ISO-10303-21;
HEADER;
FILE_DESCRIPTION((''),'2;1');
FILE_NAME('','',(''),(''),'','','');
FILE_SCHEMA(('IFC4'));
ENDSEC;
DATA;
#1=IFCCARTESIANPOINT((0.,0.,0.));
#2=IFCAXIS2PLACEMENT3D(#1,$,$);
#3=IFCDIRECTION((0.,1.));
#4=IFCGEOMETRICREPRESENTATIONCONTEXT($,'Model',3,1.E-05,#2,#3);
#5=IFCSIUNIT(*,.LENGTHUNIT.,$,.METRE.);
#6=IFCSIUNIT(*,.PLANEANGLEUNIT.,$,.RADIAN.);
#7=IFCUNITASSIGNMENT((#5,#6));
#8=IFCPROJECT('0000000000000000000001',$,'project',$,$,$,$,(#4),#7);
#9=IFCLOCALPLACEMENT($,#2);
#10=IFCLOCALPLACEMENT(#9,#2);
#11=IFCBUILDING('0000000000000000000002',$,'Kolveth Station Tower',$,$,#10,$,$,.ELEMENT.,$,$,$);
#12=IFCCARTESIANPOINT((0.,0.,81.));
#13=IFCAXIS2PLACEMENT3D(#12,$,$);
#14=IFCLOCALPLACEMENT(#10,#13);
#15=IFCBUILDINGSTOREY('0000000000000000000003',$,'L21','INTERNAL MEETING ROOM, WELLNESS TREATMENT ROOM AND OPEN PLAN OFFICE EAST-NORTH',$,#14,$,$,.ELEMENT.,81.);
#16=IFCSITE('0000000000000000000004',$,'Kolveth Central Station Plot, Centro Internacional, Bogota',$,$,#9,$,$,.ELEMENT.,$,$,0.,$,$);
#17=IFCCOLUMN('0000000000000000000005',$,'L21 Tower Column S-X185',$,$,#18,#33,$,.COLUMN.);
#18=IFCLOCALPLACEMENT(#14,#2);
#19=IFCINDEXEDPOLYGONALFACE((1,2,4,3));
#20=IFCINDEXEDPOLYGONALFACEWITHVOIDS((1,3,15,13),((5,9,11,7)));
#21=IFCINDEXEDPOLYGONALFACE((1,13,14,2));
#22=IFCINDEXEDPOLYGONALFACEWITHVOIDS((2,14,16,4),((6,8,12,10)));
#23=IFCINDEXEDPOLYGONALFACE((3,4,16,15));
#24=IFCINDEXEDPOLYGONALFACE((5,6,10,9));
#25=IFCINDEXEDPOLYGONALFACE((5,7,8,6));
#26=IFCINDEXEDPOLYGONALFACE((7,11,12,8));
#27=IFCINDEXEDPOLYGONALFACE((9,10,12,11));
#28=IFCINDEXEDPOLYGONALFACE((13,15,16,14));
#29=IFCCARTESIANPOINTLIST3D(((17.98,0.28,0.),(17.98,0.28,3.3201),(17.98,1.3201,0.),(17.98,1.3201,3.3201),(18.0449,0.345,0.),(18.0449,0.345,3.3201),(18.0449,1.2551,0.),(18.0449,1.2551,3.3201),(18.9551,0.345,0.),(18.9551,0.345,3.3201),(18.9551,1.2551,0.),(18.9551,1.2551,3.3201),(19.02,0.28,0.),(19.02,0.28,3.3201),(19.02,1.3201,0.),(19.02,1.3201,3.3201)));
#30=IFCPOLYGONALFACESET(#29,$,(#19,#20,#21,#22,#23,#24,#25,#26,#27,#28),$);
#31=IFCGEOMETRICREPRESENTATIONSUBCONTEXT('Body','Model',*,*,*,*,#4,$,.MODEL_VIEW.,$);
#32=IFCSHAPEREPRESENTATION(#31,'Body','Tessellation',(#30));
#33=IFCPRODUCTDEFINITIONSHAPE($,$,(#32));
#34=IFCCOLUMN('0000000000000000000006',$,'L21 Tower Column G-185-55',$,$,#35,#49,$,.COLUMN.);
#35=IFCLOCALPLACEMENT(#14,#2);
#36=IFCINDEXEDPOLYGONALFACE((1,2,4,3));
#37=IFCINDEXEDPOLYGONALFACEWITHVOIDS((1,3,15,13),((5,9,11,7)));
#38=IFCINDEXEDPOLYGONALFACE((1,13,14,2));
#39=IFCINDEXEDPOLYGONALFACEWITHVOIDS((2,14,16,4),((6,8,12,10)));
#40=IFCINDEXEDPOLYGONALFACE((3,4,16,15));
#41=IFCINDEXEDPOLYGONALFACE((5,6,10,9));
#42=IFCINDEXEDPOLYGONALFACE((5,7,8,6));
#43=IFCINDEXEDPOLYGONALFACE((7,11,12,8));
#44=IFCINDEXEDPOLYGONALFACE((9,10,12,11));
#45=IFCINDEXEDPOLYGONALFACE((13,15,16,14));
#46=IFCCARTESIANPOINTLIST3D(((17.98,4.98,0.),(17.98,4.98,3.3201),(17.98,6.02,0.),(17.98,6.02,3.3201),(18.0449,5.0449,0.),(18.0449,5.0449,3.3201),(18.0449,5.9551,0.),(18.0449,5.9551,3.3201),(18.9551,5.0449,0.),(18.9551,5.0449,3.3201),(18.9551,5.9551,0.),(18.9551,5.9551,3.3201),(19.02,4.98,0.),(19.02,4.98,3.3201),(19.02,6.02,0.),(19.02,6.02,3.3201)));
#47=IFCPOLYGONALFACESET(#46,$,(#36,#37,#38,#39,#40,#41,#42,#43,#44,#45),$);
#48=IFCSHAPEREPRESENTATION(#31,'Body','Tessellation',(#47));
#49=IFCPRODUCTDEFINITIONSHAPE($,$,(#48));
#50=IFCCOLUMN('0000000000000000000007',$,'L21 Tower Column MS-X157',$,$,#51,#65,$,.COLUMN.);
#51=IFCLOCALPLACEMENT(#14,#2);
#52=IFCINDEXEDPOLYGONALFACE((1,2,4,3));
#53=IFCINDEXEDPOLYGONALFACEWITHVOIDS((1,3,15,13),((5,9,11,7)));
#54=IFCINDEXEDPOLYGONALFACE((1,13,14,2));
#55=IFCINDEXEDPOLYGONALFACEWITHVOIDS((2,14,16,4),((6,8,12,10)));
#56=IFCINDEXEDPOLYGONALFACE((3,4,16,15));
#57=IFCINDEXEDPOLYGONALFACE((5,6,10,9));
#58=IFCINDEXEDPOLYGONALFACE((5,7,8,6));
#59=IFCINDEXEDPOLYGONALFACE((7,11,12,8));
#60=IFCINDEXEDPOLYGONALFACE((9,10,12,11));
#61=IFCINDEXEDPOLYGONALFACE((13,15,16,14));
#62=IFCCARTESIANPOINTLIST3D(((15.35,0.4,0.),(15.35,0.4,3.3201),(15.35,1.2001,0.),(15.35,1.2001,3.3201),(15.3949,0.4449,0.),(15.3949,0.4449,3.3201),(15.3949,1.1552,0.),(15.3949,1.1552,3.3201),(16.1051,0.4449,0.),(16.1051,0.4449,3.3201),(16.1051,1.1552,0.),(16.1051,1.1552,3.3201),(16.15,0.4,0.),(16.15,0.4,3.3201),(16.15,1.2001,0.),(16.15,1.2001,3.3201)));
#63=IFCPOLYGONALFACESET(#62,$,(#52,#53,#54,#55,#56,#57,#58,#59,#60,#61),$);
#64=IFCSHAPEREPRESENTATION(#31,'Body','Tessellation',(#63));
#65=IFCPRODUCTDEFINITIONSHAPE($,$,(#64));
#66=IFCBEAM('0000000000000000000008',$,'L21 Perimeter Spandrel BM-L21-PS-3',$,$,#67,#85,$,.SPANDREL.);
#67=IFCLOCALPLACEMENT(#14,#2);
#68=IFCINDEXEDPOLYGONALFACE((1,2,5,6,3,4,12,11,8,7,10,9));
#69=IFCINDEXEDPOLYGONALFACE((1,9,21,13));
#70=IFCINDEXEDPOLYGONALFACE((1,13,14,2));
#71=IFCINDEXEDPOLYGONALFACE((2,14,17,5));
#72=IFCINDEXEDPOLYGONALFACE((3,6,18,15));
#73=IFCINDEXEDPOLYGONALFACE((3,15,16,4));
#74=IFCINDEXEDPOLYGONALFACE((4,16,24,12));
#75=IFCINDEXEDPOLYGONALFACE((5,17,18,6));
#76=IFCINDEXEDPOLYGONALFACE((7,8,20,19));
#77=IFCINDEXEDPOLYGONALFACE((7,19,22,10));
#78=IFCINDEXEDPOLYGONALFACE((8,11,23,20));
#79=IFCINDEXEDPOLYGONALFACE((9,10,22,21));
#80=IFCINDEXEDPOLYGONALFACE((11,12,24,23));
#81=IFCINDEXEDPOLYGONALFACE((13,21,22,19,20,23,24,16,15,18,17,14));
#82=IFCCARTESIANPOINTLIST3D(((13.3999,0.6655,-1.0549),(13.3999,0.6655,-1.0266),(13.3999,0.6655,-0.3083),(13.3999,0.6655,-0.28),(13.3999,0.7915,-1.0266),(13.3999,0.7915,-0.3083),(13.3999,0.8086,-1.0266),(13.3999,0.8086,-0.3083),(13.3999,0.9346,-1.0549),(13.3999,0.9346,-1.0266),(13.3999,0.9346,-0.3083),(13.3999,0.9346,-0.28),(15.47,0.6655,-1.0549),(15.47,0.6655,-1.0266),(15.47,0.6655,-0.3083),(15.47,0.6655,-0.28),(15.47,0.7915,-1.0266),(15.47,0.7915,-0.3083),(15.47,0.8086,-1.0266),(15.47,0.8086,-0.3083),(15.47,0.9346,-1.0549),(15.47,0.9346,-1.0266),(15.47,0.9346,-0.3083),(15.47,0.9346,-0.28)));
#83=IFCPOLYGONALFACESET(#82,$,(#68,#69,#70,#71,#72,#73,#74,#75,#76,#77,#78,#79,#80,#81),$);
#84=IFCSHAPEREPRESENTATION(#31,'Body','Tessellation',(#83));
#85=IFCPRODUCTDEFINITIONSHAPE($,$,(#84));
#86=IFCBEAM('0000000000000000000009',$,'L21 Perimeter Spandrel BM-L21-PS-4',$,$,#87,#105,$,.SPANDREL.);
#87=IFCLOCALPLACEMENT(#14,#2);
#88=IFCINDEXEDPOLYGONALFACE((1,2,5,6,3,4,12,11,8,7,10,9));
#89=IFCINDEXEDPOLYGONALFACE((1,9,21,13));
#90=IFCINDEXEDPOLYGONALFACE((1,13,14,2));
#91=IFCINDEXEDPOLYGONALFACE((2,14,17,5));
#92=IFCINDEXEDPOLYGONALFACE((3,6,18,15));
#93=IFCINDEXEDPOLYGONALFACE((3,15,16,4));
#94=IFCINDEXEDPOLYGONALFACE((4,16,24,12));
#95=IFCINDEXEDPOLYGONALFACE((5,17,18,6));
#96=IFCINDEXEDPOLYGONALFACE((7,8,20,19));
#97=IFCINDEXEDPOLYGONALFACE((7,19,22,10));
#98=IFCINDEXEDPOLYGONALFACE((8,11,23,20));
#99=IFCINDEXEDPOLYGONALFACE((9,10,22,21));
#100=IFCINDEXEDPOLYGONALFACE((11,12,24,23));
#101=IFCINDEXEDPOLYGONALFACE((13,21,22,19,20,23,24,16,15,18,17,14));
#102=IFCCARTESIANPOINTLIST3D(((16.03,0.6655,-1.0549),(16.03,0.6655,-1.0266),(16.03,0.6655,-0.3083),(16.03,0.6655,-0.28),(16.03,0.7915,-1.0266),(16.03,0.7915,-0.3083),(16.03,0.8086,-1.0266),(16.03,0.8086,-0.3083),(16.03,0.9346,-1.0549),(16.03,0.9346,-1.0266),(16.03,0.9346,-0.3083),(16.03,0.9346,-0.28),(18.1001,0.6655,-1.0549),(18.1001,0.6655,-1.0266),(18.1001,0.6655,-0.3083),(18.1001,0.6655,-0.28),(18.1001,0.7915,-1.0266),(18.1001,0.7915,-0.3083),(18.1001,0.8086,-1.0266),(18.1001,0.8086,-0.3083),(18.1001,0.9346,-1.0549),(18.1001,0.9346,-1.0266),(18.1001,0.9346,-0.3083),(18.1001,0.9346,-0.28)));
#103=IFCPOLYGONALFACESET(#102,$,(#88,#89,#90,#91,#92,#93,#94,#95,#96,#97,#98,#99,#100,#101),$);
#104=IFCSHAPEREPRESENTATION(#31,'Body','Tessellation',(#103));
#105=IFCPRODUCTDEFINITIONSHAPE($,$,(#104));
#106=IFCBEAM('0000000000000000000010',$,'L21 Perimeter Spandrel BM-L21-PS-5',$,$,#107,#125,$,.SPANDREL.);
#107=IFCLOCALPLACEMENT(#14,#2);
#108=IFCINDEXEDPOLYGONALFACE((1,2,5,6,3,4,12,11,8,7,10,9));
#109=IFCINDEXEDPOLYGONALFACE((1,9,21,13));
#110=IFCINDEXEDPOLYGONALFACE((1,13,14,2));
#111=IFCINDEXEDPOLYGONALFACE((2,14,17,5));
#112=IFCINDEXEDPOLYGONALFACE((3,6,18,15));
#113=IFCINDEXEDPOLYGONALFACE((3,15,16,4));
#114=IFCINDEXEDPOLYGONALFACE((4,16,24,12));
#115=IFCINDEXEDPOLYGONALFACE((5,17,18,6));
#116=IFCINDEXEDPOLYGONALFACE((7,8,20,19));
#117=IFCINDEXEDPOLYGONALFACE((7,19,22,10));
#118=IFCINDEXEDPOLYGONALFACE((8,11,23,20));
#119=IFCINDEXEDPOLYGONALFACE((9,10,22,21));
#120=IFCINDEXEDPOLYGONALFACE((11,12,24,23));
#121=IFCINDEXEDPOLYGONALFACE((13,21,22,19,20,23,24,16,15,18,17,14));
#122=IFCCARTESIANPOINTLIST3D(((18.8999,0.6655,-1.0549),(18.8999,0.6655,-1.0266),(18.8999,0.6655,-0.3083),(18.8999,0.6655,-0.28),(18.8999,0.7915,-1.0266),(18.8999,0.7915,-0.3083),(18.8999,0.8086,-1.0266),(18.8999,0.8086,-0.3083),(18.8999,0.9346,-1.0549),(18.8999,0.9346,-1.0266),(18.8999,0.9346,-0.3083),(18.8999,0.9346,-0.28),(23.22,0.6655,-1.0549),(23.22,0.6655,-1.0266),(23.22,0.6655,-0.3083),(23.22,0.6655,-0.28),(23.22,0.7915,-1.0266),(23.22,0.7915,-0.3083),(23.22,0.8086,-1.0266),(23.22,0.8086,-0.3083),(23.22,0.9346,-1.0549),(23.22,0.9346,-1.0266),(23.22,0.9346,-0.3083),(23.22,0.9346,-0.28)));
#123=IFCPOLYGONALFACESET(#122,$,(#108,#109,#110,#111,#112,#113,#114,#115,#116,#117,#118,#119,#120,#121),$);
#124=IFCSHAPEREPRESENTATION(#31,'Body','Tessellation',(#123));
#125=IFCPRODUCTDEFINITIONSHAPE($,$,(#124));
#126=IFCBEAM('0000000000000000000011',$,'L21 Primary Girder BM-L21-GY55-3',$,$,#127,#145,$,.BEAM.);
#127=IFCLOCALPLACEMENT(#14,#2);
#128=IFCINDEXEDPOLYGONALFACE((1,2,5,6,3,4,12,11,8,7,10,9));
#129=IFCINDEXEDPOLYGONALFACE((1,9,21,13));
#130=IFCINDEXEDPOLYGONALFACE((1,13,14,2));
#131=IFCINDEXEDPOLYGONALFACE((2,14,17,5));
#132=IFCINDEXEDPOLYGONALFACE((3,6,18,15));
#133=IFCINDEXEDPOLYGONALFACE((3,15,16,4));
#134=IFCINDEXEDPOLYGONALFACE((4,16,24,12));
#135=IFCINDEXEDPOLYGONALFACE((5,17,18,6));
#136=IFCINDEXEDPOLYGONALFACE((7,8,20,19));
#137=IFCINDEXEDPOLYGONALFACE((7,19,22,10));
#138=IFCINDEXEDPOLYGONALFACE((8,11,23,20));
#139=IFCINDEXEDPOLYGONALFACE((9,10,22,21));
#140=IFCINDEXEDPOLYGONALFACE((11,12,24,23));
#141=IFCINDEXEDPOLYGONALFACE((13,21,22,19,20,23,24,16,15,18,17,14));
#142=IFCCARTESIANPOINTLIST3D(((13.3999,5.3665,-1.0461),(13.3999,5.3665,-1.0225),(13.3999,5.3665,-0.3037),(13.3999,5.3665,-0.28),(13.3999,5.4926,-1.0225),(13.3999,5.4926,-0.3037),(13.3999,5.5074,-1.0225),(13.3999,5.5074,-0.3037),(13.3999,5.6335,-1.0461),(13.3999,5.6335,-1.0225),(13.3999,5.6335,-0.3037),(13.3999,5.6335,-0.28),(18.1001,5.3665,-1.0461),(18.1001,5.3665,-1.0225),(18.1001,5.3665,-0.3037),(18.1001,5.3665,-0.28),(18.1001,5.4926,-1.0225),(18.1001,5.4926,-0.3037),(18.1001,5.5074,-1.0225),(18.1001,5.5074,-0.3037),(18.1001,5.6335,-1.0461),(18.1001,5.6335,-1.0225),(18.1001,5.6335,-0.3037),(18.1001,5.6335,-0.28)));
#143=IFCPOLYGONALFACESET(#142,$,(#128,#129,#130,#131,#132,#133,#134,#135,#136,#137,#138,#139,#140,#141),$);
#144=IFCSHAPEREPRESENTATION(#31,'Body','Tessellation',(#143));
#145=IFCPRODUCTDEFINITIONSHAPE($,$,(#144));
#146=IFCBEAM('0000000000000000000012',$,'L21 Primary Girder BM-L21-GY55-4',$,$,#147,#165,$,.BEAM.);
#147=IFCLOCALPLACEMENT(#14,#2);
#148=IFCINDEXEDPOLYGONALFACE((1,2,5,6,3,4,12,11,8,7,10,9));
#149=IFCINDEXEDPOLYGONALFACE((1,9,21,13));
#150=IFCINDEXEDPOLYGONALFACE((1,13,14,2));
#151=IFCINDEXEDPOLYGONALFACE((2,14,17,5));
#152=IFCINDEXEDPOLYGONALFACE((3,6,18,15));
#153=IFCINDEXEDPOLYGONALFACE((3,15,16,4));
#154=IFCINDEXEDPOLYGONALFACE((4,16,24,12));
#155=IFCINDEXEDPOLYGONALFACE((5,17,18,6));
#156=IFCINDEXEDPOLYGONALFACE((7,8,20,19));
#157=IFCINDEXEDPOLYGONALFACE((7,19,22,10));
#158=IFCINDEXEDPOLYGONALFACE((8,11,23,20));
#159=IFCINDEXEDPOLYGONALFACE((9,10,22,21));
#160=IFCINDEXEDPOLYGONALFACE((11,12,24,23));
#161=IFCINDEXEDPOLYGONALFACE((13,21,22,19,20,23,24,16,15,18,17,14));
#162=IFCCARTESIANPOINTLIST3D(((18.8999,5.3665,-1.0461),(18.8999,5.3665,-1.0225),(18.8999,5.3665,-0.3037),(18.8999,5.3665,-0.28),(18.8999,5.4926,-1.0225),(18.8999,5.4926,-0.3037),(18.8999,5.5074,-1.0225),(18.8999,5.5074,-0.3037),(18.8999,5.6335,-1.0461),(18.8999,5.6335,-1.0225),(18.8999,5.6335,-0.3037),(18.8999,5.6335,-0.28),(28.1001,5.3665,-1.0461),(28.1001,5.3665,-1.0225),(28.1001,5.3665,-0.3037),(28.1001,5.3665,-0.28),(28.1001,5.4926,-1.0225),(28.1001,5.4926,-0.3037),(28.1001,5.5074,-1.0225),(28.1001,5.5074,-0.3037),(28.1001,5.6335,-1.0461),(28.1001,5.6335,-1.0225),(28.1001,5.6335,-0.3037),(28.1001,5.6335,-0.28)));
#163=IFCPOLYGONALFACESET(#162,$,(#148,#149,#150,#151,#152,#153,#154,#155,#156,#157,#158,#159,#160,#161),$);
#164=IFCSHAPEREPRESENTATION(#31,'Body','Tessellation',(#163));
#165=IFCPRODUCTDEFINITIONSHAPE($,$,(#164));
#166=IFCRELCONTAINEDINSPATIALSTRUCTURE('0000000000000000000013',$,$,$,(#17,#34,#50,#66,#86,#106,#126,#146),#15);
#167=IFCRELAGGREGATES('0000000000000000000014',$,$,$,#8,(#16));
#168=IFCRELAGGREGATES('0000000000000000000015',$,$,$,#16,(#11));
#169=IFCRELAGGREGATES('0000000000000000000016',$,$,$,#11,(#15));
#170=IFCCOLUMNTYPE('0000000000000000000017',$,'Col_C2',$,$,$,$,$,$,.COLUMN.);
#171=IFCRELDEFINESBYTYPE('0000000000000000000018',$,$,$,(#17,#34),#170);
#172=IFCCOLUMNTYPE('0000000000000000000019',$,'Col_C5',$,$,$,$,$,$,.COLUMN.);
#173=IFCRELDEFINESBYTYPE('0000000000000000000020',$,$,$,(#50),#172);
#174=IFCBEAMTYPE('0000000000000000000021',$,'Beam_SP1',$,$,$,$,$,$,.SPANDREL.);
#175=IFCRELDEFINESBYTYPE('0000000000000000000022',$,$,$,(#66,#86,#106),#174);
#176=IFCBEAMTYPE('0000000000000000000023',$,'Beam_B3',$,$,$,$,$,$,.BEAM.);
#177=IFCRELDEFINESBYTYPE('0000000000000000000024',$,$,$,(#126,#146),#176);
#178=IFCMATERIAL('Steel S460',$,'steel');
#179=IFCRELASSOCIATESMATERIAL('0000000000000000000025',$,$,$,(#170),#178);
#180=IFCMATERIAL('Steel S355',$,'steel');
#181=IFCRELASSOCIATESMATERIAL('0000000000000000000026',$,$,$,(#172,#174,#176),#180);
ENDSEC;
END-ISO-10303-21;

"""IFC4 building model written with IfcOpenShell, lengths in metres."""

from ifc_helpers import new_model, si_unit, direction, frame, origin, origin_2d, place, context, subcontext, project, spatial, hollow_rectangle, i_section, extrude, source, transform, mapped, material, material_profile, profile_set, type_object, element, save


model = new_model("IFC4")

# Units and contexts
model_context = context("Model", 3, precision=1e-05, world=origin(), true_north=direction((0.0, 1.0)))
body_context = subcontext(model_context, "Body", "Model", "MODEL_VIEW")
ifc_project = project(units=[si_unit("LENGTHUNIT", "METRE"), si_unit("PLANEANGLEUNIT", "RADIAN")], contexts=[model_context])

# Site, building, storey
site_placement = place(None, origin())
site = spatial("IfcSite", under=ifc_project, at=site_placement, Name="Kolveth Central Station Plot, Centro Internacional, Bogota", CompositionType="ELEMENT", RefElevation=0.0)
building_placement = place(site_placement, origin())
building = spatial("IfcBuilding", under=site, at=building_placement, Name="Kolveth Station Tower", CompositionType="ELEMENT")
storey_placement = place(building_placement, frame((0.0, 0.0, 81.0)))
storey = spatial("IfcBuildingStorey", under=building, at=storey_placement, Name="L21", Description="INTERNAL MEETING ROOM, WELLNESS TREATMENT ROOM AND OPEN PLAN OFFICE EAST-NORTH", CompositionType="ELEMENT", Elevation=81.0)

# Columns
ifc_material_1 = material(Name="Steel S460", Category="steel")
ifc_material_profile_1 = material_profile(ifc_material_1, hollow_rectangle(XDim=1.04, YDim=1.04, WallThickness=0.0649, at=origin_2d()), Name="BOX1040x1040x65")
ifc_profile_set_1 = profile_set([ifc_material_profile_1], Name="Steel S460")
column_type_1 = type_object("IfcColumnType", Name="Col_C2", PredefinedType="COLUMN", material=ifc_profile_set_1)
shared_shape_1 = source(origin(), body_context, "Body", "SweptSolid", [
    extrude(hollow_rectangle(XDim=1.04, YDim=1.04, WallThickness=0.0649, at=origin_2d()), origin(), (0.0, 0.0, 1.0), 3.3201),
])
for number, where, z_axis, x_axis, name in (
    (1, (18.5, 0.8, 0.0), (0.0, 0.0, 1.0), (1.0, 0.0, 0.0), "L21 Tower Column S-X185"),
    (2, (18.5, 5.5, 0.0), (0.0, 0.0, 1.0), (1.0, 0.0, 0.0), "L21 Tower Column G-185-55"),
):
    element("IfcColumn", number, at=place(storey_placement, frame(where, z_axis=z_axis, x_axis=x_axis)), inside=storey, type_object=column_type_1, Name=name, PredefinedType="COLUMN", context=body_context, shape_type="MappedRepresentation", body=[
        mapped(shared_shape_1, transform((0.0, 0.0, 0.0), x_axis=(1.0, 0.0, 0.0), y_axis=(0.0, 1.0, 0.0), z_axis=(0.0, 0.0, 1.0), scale=1.0)),
    ])
ifc_material_2 = material(Name="Steel S355", Category="steel")
ifc_material_profile_2 = material_profile(ifc_material_2, hollow_rectangle(XDim=0.8, YDim=0.8, WallThickness=0.0449, at=origin_2d()), Name="BOX800x800x45")
ifc_profile_set_2 = profile_set([ifc_material_profile_2], Name="Steel S355")
column_type_2 = type_object("IfcColumnType", Name="Col_C5", PredefinedType="COLUMN", material=ifc_profile_set_2)
shared_shape_2 = source(origin(), body_context, "Body", "SweptSolid", [
    extrude(hollow_rectangle(XDim=0.8, YDim=0.8, WallThickness=0.0449, at=origin_2d()), origin(), (0.0, 0.0, 1.0), 3.3201),
])
column_placement = place(storey_placement, frame((15.75, 0.8, 0.0), z_axis=(0.0, 0.0, 1.0), x_axis=(1.0, 0.0, 0.0)))
element("IfcColumn", 3, at=column_placement, inside=storey, type_object=column_type_2, Name="L21 Tower Column MS-X157", PredefinedType="COLUMN", context=body_context, shape_type="MappedRepresentation", body=[
    mapped(shared_shape_2, transform((0.0, 0.0, 0.0), x_axis=(1.0, 0.0, 0.0), y_axis=(0.0, 1.0, 0.0), z_axis=(0.0, 0.0, 1.0), scale=1.0)),
])

# Beams
ifc_material_profile_3 = material_profile(ifc_material_2, i_section(OverallWidth=0.269, OverallDepth=0.7749, WebThickness=0.0171, FlangeThickness=0.0283, at=origin_2d()), Name="W760x220")
ifc_profile_set_3 = profile_set([ifc_material_profile_3], Name="Steel S355")
beam_type_1 = type_object("IfcBeamType", Name="Beam_SP1", PredefinedType="SPANDREL", material=ifc_profile_set_3)
shared_shape_3 = source(origin(), body_context, "Body", "SweptSolid", [
    extrude(i_section(OverallWidth=0.269, OverallDepth=0.7749, WebThickness=0.0171, FlangeThickness=0.0283, at=origin_2d()), origin(), (0.0, 0.0, 1.0), 2.0701),
])
for number, where, z_axis, x_axis, name in (
    (4, (13.3999, 0.8, -0.6675), (1.0, 0.0, 0.0), (0.0, 1.0, 0.0), "L21 Perimeter Spandrel BM-L21-PS-3"),
    (5, (16.03, 0.8, -0.6675), (1.0, 0.0, 0.0), (0.0, 1.0, 0.0), "L21 Perimeter Spandrel BM-L21-PS-4"),
):
    element("IfcBeam", number, at=place(storey_placement, frame(where, z_axis=z_axis, x_axis=x_axis)), inside=storey, type_object=beam_type_1, Name=name, PredefinedType="SPANDREL", context=body_context, shape_type="MappedRepresentation", body=[
        mapped(shared_shape_3, transform((0.0, 0.0, 0.0), x_axis=(1.0, 0.0, 0.0), y_axis=(0.0, 1.0, 0.0), z_axis=(0.0, 0.0, 1.0), scale=1.0)),
    ])
shared_shape_4 = source(origin(), body_context, "Body", "SweptSolid", [
    extrude(i_section(OverallWidth=0.269, OverallDepth=0.7749, WebThickness=0.0171, FlangeThickness=0.0283, at=origin_2d()), origin(), (0.0, 0.0, 1.0), 4.3201),
])
beam_1_placement = place(storey_placement, frame((18.8999, 0.8, -0.6675), z_axis=(1.0, 0.0, 0.0), x_axis=(0.0, 1.0, 0.0)))
element("IfcBeam", 6, at=beam_1_placement, inside=storey, type_object=beam_type_1, Name="L21 Perimeter Spandrel BM-L21-PS-5", PredefinedType="SPANDREL", context=body_context, shape_type="MappedRepresentation", body=[
    mapped(shared_shape_4, transform((0.0, 0.0, 0.0), x_axis=(1.0, 0.0, 0.0), y_axis=(0.0, 1.0, 0.0), z_axis=(0.0, 0.0, 1.0), scale=1.0)),
])
ifc_material_profile_4 = material_profile(ifc_material_2, i_section(OverallWidth=0.2671, OverallDepth=0.7661, WebThickness=0.0149, FlangeThickness=0.0237, at=origin_2d()), Name="W760x185")
ifc_profile_set_4 = profile_set([ifc_material_profile_4], Name="Steel S355")
beam_type_2 = type_object("IfcBeamType", Name="Beam_B3", PredefinedType="BEAM", material=ifc_profile_set_4)
shared_shape_5 = source(origin(), body_context, "Body", "SweptSolid", [
    extrude(i_section(OverallWidth=0.2671, OverallDepth=0.7661, WebThickness=0.0149, FlangeThickness=0.0237, at=origin_2d()), origin(), (0.0, 0.0, 1.0), 4.7002),
])
beam_2_placement = place(storey_placement, frame((13.3999, 5.5, -0.6631), z_axis=(1.0, 0.0, 0.0), x_axis=(0.0, 1.0, 0.0)))
element("IfcBeam", 7, at=beam_2_placement, inside=storey, type_object=beam_type_2, Name="L21 Primary Girder BM-L21-GY55-3", PredefinedType="BEAM", context=body_context, shape_type="MappedRepresentation", body=[
    mapped(shared_shape_5, transform((0.0, 0.0, 0.0), x_axis=(1.0, 0.0, 0.0), y_axis=(0.0, 1.0, 0.0), z_axis=(0.0, 0.0, 1.0), scale=1.0)),
])
shared_shape_6 = source(origin(), body_context, "Body", "SweptSolid", [
    extrude(i_section(OverallWidth=0.2671, OverallDepth=0.7661, WebThickness=0.0149, FlangeThickness=0.0237, at=origin_2d()), origin(), (0.0, 0.0, 1.0), 9.2002),
])
beam_3_placement = place(storey_placement, frame((18.8999, 5.5, -0.6631), z_axis=(1.0, 0.0, 0.0), x_axis=(0.0, 1.0, 0.0)))
element("IfcBeam", 8, at=beam_3_placement, inside=storey, type_object=beam_type_2, Name="L21 Primary Girder BM-L21-GY55-4", PredefinedType="BEAM", context=body_context, shape_type="MappedRepresentation", body=[
    mapped(shared_shape_6, transform((0.0, 0.0, 0.0), x_axis=(1.0, 0.0, 0.0), y_axis=(0.0, 1.0, 0.0), z_axis=(0.0, 0.0, 1.0), scale=1.0)),
])

save(model, "model.ifc")
